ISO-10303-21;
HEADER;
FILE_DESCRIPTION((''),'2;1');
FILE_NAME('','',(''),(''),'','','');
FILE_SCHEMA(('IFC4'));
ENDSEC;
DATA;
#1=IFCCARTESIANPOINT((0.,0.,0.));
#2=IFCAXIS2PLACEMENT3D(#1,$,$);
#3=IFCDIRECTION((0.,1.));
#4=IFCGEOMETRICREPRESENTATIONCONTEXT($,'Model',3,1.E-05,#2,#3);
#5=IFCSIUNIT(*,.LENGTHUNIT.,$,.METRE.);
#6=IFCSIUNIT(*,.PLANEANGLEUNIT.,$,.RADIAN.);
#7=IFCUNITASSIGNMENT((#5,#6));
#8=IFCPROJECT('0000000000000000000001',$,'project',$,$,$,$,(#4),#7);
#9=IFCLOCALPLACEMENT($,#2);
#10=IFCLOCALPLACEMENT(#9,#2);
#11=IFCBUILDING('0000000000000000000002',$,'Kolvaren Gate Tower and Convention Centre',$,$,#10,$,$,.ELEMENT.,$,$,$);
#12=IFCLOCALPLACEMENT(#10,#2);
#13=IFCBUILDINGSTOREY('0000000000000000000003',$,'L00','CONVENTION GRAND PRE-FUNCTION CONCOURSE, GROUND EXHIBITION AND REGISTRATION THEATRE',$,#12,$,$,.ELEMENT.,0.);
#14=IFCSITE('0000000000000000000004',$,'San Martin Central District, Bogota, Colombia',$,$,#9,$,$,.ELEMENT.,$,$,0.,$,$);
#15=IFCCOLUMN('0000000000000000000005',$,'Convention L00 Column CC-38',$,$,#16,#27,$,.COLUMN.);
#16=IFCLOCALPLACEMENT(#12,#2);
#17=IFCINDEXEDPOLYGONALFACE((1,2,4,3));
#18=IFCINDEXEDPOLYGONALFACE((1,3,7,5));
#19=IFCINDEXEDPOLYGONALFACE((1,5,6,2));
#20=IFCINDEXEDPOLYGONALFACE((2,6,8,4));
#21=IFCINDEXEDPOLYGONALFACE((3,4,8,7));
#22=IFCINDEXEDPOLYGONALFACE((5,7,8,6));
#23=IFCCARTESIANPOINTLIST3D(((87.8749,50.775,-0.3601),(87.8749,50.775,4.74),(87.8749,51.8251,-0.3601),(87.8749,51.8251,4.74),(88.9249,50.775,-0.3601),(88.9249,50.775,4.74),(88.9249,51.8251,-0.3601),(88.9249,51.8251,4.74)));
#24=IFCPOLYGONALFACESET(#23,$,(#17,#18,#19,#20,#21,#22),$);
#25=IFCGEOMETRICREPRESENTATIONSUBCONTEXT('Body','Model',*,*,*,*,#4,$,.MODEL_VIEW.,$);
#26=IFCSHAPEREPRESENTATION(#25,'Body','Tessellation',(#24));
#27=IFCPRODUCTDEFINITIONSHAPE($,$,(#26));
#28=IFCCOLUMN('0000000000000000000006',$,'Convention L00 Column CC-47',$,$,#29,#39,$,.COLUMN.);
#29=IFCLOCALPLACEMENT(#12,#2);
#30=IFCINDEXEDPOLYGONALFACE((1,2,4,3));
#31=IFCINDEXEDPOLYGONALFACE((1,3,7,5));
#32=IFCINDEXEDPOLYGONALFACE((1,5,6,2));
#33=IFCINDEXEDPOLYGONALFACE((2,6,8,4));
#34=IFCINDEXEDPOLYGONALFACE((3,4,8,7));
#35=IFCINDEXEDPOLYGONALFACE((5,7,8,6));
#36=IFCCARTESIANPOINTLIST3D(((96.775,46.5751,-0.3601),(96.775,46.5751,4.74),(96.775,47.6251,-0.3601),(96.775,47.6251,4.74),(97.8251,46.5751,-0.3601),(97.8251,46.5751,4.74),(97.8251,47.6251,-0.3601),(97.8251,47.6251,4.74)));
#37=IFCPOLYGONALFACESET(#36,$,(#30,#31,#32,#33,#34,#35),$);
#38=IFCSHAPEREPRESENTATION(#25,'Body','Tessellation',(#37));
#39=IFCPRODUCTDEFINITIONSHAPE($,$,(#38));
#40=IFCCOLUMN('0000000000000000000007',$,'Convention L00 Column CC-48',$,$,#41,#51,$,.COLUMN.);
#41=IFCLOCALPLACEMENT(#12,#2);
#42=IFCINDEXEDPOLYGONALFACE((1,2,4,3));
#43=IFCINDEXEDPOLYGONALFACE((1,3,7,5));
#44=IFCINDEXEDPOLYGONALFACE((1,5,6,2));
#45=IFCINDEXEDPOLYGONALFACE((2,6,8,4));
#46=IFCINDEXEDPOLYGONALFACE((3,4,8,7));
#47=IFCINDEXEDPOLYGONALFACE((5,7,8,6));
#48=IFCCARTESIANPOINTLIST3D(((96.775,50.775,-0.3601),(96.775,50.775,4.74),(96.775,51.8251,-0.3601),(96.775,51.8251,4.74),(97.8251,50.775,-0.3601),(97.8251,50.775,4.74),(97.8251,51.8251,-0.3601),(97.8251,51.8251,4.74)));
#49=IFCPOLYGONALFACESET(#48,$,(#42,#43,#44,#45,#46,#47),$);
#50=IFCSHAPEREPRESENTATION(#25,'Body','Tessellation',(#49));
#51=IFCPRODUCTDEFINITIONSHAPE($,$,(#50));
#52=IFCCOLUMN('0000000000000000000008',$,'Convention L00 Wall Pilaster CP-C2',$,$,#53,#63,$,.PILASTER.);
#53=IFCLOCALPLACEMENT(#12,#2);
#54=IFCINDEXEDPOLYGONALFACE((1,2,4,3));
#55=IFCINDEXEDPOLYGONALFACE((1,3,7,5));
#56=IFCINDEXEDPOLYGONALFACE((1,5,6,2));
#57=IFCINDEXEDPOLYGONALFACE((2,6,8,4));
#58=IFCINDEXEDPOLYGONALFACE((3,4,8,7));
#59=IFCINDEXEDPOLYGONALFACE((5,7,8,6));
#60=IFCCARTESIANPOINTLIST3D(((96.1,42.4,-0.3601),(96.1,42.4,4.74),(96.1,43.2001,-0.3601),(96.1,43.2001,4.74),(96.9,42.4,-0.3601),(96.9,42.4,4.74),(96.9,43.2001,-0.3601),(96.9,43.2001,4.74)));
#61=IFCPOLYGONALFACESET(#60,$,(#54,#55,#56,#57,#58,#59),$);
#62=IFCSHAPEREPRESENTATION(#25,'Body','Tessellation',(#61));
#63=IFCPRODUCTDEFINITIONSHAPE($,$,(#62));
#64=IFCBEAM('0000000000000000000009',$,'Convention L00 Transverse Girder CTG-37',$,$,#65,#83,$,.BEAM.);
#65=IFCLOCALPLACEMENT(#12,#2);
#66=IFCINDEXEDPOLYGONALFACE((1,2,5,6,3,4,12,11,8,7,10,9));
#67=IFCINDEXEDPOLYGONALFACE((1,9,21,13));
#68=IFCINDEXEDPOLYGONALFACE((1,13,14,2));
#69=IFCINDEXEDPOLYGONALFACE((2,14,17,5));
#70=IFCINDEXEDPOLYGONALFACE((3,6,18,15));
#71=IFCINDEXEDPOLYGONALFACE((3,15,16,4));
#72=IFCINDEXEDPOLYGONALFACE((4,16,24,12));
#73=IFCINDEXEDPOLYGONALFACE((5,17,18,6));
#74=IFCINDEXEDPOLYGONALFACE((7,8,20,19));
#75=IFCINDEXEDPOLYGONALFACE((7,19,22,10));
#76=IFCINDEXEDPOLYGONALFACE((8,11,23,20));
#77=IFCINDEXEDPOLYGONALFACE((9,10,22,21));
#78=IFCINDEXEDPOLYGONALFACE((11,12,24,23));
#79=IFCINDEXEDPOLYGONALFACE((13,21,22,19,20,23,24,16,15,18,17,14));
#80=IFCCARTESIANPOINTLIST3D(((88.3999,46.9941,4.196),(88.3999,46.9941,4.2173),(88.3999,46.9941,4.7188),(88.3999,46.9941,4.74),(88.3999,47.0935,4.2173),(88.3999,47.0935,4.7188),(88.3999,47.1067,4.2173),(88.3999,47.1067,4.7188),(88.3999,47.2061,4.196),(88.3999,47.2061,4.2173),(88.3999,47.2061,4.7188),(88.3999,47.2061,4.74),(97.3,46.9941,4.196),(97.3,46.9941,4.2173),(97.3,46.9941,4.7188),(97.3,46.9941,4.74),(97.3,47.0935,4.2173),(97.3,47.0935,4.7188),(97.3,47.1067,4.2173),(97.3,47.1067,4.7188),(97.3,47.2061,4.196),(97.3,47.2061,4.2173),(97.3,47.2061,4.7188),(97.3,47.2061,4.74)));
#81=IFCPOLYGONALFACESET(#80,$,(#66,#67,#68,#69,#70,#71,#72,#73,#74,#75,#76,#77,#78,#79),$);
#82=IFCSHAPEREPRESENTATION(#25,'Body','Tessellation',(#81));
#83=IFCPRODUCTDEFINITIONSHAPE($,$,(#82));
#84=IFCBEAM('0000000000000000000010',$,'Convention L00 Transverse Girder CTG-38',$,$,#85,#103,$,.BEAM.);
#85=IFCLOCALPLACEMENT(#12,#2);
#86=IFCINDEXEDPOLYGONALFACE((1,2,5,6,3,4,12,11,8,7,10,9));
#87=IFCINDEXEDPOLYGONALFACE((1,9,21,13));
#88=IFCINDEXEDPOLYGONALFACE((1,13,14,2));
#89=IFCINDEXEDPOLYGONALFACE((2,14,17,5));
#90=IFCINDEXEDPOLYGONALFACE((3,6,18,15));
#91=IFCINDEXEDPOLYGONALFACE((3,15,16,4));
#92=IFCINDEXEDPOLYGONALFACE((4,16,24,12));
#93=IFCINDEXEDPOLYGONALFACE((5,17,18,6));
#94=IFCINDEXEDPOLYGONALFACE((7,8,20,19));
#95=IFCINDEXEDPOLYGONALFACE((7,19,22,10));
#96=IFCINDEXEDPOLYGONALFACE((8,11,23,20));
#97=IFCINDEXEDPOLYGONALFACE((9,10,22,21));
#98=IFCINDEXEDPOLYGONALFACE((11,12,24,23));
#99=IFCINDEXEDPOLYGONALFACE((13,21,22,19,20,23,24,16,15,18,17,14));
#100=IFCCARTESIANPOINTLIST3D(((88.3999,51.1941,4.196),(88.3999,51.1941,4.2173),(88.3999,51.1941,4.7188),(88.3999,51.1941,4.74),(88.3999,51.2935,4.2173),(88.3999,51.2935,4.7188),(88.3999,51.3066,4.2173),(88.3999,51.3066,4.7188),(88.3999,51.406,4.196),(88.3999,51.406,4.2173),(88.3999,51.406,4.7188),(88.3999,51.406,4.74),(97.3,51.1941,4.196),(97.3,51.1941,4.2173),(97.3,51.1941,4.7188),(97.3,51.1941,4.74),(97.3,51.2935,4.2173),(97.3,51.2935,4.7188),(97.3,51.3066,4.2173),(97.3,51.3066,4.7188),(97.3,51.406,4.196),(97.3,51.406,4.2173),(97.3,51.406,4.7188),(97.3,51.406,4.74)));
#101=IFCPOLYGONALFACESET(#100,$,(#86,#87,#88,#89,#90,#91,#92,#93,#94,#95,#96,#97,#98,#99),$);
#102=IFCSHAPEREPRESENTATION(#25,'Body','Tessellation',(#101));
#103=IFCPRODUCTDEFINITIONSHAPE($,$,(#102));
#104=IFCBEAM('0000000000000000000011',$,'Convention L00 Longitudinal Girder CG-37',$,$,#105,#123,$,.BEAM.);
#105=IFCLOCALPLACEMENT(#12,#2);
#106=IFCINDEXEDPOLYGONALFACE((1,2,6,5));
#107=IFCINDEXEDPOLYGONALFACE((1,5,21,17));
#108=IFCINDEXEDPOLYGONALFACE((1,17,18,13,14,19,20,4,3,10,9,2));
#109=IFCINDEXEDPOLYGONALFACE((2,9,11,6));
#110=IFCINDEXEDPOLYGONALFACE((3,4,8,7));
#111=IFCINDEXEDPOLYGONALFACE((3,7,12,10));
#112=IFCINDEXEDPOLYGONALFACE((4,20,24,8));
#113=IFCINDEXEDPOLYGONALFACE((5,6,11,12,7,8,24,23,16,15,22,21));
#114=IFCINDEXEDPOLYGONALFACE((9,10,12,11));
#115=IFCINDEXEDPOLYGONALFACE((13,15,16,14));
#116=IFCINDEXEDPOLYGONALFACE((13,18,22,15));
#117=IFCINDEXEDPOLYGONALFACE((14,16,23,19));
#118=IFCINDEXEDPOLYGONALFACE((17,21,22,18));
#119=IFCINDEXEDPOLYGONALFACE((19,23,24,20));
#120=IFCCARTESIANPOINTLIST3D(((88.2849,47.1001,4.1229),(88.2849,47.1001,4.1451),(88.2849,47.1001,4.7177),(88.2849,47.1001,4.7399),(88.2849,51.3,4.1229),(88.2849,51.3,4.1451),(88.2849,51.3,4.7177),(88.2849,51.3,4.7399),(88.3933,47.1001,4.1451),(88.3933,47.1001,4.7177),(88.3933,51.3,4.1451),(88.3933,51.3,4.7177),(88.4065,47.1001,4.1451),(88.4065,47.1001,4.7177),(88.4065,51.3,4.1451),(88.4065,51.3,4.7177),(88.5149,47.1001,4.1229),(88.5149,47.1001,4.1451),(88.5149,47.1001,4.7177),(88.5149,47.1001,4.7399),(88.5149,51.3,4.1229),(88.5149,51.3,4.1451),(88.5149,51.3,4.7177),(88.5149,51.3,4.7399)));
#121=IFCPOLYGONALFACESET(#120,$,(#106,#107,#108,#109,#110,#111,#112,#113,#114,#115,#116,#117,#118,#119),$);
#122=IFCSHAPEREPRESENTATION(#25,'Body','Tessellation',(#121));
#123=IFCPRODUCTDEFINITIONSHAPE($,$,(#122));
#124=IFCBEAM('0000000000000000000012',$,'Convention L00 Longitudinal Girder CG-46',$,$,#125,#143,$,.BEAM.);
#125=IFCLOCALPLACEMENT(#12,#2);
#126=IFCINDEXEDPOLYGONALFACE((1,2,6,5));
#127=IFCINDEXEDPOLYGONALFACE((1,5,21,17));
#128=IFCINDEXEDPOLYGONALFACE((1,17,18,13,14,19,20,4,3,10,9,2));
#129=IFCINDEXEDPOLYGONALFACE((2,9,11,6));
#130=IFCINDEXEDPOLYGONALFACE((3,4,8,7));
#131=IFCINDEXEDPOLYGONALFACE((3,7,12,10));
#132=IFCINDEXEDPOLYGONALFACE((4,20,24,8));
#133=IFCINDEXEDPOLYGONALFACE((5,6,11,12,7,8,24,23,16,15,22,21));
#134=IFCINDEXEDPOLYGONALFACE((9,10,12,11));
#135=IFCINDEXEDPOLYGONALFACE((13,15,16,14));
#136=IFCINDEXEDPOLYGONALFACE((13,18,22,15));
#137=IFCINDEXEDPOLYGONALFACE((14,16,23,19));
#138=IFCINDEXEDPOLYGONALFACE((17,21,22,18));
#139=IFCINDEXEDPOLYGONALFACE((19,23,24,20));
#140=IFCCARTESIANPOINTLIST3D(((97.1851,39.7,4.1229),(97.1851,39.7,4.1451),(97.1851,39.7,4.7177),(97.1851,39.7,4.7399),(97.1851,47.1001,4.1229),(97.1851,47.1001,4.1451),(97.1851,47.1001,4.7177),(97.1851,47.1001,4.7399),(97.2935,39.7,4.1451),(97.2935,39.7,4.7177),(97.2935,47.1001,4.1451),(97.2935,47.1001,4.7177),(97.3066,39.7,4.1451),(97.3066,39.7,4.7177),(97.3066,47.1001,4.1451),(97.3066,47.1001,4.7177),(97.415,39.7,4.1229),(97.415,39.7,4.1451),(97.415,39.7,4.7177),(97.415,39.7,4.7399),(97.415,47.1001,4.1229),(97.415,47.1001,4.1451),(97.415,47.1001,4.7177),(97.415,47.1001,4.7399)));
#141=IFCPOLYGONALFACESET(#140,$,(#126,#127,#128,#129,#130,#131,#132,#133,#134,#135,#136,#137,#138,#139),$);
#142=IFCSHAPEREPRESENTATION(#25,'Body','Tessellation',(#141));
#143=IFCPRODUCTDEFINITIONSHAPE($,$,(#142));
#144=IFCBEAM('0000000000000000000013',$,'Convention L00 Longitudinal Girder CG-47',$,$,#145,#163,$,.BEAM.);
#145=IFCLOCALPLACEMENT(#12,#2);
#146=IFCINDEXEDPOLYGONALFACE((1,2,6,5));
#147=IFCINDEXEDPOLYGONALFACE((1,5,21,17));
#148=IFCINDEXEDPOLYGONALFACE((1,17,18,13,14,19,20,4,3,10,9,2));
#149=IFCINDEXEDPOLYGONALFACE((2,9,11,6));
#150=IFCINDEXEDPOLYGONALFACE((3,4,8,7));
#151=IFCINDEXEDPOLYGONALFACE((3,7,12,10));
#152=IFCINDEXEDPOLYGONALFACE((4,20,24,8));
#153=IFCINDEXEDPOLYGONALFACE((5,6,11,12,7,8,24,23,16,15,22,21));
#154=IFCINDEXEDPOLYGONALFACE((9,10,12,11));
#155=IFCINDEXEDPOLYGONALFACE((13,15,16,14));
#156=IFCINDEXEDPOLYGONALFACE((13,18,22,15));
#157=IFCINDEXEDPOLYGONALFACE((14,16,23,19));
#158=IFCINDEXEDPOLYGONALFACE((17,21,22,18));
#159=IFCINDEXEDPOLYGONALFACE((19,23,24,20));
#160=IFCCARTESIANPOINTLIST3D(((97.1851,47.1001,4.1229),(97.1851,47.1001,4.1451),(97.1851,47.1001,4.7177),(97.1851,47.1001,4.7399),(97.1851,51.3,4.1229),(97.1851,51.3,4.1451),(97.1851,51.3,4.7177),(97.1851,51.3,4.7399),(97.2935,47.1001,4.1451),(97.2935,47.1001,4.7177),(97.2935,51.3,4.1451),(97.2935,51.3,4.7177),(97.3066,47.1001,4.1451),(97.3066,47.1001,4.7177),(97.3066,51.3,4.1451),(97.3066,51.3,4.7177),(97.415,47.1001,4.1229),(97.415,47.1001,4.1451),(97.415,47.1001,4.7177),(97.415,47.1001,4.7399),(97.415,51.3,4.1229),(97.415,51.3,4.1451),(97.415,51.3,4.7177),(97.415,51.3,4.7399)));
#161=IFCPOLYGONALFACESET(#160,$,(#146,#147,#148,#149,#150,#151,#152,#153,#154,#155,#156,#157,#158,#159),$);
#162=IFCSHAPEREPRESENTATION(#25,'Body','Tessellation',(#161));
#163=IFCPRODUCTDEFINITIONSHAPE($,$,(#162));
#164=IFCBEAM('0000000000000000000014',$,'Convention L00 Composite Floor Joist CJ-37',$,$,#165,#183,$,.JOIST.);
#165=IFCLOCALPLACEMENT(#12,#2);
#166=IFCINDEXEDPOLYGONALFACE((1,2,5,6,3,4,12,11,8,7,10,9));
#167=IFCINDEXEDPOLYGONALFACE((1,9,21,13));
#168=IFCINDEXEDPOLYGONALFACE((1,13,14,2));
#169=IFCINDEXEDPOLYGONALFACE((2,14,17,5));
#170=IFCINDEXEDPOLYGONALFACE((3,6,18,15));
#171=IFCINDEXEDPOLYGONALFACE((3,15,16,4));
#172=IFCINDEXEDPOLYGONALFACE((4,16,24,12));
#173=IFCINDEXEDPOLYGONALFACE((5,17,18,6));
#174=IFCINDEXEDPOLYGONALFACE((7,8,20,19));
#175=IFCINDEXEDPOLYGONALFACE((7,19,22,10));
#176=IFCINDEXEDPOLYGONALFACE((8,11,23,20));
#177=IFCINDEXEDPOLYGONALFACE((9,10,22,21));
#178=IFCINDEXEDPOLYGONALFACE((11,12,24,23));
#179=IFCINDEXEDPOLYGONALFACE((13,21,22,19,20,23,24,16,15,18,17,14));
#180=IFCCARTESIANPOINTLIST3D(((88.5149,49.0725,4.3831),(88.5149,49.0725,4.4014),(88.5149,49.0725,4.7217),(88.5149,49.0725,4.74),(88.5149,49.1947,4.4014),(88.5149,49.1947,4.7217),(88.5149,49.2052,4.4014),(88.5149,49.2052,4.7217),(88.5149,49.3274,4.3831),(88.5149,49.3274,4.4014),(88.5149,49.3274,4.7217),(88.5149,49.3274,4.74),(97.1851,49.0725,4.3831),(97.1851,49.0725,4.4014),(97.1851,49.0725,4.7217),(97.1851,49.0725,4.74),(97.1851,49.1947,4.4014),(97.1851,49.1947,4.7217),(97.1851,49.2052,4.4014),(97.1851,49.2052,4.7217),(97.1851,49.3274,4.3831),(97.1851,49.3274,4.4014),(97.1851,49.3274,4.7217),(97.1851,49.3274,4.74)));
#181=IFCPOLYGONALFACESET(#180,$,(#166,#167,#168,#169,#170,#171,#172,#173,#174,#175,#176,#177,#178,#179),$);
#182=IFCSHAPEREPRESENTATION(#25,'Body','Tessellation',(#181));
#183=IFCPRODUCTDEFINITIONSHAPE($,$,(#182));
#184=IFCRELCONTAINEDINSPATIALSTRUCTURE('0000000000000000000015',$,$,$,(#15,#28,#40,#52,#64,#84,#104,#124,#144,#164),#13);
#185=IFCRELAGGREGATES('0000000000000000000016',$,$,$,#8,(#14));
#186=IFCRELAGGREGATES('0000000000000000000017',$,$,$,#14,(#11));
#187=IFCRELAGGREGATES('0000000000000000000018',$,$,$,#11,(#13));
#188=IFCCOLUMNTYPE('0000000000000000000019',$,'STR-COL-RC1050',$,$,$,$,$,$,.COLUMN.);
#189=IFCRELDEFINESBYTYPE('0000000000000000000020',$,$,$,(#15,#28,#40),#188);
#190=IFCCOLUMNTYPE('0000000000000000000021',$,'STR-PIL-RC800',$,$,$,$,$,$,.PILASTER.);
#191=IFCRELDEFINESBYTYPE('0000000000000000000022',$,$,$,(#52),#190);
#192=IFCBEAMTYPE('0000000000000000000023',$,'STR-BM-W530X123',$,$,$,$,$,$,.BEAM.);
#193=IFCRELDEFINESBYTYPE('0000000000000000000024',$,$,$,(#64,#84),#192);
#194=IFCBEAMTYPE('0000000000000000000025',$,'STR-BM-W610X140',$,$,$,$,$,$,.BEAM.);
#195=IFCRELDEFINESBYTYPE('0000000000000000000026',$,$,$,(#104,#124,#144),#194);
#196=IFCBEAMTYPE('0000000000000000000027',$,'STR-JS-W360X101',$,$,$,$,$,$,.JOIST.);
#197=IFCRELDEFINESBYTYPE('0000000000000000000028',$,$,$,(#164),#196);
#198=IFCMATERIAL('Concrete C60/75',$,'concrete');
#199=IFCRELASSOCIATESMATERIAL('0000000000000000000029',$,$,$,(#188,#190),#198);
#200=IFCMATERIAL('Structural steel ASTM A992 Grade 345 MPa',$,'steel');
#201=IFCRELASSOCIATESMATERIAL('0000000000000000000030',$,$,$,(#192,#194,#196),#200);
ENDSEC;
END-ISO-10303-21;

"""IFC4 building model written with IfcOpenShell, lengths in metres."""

from ifc_helpers import new_model, si_unit, direction, frame, origin, origin_2d, place, context, subcontext, project, spatial, rectangle, i_section, extrude, material, material_profile, profile_set, type_object, element, save


model = new_model("IFC4")

# Units and contexts
model_context = context("Model", 3, precision=1e-05, world=origin(), true_north=direction((0.0, 1.0)))
body_context = subcontext(model_context, "Body", "Model", "MODEL_VIEW")
ifc_project = project(units=[si_unit("LENGTHUNIT", "METRE"), si_unit("PLANEANGLEUNIT", "RADIAN")], contexts=[model_context])

# Site, building, storey
site_placement = place(None, origin())
site = spatial("IfcSite", under=ifc_project, at=site_placement, Name="San Martin Central District, Bogota, Colombia", CompositionType="ELEMENT", RefElevation=0.0)
building_placement = place(site_placement, origin())
building = spatial("IfcBuilding", under=site, at=building_placement, Name="Kolvaren Gate Tower and Convention Centre", CompositionType="ELEMENT")
storey_placement = place(building_placement, origin())
storey = spatial("IfcBuildingStorey", under=building, at=storey_placement, Name="L00", Description="CONVENTION GRAND PRE-FUNCTION CONCOURSE, GROUND EXHIBITION AND REGISTRATION THEATRE", CompositionType="ELEMENT", Elevation=0.0)

# Columns
ifc_material_1 = material(Name="Concrete C60/75", Category="concrete")
ifc_material_profile_1 = material_profile(ifc_material_1, rectangle(XDim=1.05, YDim=1.05, at=origin_2d()), Name="RC-COL-1050X1050")
ifc_profile_set_1 = profile_set([ifc_material_profile_1], Name="Concrete C60/75")
column_type_1 = type_object("IfcColumnType", Name="STR-COL-RC1050", PredefinedType="COLUMN", material=ifc_profile_set_1)
for number, where, z_axis, x_axis, name in (
    (1, (88.3999, 51.3, -0.3601), (0.0, 0.0, 1.0), (1.0, 0.0, 0.0), "Convention L00 Column CC-38"),
    (2, (97.3, 47.1001, -0.3601), (0.0, 0.0, 1.0), (1.0, 0.0, 0.0), "Convention L00 Column CC-47"),
    (3, (97.3, 51.3, -0.3601), (0.0, 0.0, 1.0), (1.0, 0.0, 0.0), "Convention L00 Column CC-48"),
):
    element("IfcColumn", number, at=place(storey_placement, frame(where, z_axis=z_axis, x_axis=x_axis)), inside=storey, type_object=column_type_1, Name=name, PredefinedType="COLUMN", context=body_context, shape_type="SweptSolid", body=[
        extrude(rectangle(XDim=1.05, YDim=1.05, at=origin_2d()), origin(), (0.0, 0.0, 1.0), 5.1001),
    ])
ifc_material_profile_2 = material_profile(ifc_material_1, rectangle(XDim=0.8, YDim=0.8, at=origin_2d()), Name="RC-COL-800X800")
ifc_profile_set_2 = profile_set([ifc_material_profile_2], Name="Concrete C60/75")
column_type_2 = type_object("IfcColumnType", Name="STR-PIL-RC800", PredefinedType="PILASTER", material=ifc_profile_set_2)
column_placement = place(storey_placement, frame((96.5, 42.8, -0.3601), z_axis=(0.0, 0.0, 1.0), x_axis=(1.0, 0.0, 0.0)))
element("IfcColumn", 4, at=column_placement, inside=storey, type_object=column_type_2, Name="Convention L00 Wall Pilaster CP-C2", PredefinedType="PILASTER", context=body_context, shape_type="SweptSolid", body=[
    extrude(rectangle(XDim=0.8, YDim=0.8, at=origin_2d()), origin(), (0.0, 0.0, 1.0), 5.1001),
])

# Beams
ifc_material_2 = material(Name="Structural steel ASTM A992 Grade 345 MPa", Category="steel")
ifc_material_profile_3 = material_profile(ifc_material_2, i_section(OverallWidth=0.2119, OverallDepth=0.5439, WebThickness=0.0132, FlangeThickness=0.0212, at=origin_2d()), Name="W530X123")
ifc_profile_set_3 = profile_set([ifc_material_profile_3], Name="Structural steel ASTM A992 Grade 345 MPa")
beam_type_1 = type_object("IfcBeamType", Name="STR-BM-W530X123", PredefinedType="BEAM", material=ifc_profile_set_3)
for number, where, z_axis, x_axis, name in (
    (5, (88.3999, 47.1001, 4.468), (1.0, 0.0, 0.0), (0.0, 1.0, 0.0), "Convention L00 Transverse Girder CTG-37"),
    (6, (88.3999, 51.3, 4.468), (1.0, 0.0, 0.0), (0.0, 1.0, 0.0), "Convention L00 Transverse Girder CTG-38"),
):
    element("IfcBeam", number, at=place(storey_placement, frame(where, z_axis=z_axis, x_axis=x_axis)), inside=storey, type_object=beam_type_1, Name=name, PredefinedType="BEAM", context=body_context, shape_type="SweptSolid", body=[
        extrude(i_section(OverallWidth=0.2119, OverallDepth=0.5439, WebThickness=0.0132, FlangeThickness=0.0212, at=origin_2d()), origin(), (0.0, 0.0, 1.0), 8.9001),
    ])
ifc_material_profile_4 = material_profile(ifc_material_2, i_section(OverallWidth=0.23, OverallDepth=0.6169, WebThickness=0.0132, FlangeThickness=0.0222, at=origin_2d()), Name="W610X140")
ifc_profile_set_4 = profile_set([ifc_material_profile_4], Name="Structural steel ASTM A992 Grade 345 MPa")
beam_type_2 = type_object("IfcBeamType", Name="STR-BM-W610X140", PredefinedType="BEAM", material=ifc_profile_set_4)
beam_1_placement = place(storey_placement, frame((88.3999, 47.1001, 4.4314), z_axis=(0.0, 1.0, 0.0), x_axis=(-1.0, 0.0, 0.0)))
element("IfcBeam", 7, at=beam_1_placement, inside=storey, type_object=beam_type_2, Name="Convention L00 Longitudinal Girder CG-37", PredefinedType="BEAM", context=body_context, shape_type="SweptSolid", body=[
    extrude(i_section(OverallWidth=0.23, OverallDepth=0.6169, WebThickness=0.0132, FlangeThickness=0.0222, at=origin_2d()), origin(), (0.0, 0.0, 1.0), 4.2),
])
beam_2_placement = place(storey_placement, frame((97.3, 39.7, 4.4314), z_axis=(0.0, 1.0, 0.0), x_axis=(-1.0, 0.0, 0.0)))
element("IfcBeam", 8, at=beam_2_placement, inside=storey, type_object=beam_type_2, Name="Convention L00 Longitudinal Girder CG-46", PredefinedType="BEAM", context=body_context, shape_type="SweptSolid", body=[
    extrude(i_section(OverallWidth=0.23, OverallDepth=0.6169, WebThickness=0.0132, FlangeThickness=0.0222, at=origin_2d()), origin(), (0.0, 0.0, 1.0), 7.4001),
])
beam_3_placement = place(storey_placement, frame((97.3, 47.1001, 4.4314), z_axis=(0.0, 1.0, 0.0), x_axis=(-1.0, 0.0, 0.0)))
element("IfcBeam", 9, at=beam_3_placement, inside=storey, type_object=beam_type_2, Name="Convention L00 Longitudinal Girder CG-47", PredefinedType="BEAM", context=body_context, shape_type="SweptSolid", body=[
    extrude(i_section(OverallWidth=0.23, OverallDepth=0.6169, WebThickness=0.0132, FlangeThickness=0.0222, at=origin_2d()), origin(), (0.0, 0.0, 1.0), 4.2),
])
ifc_material_profile_5 = material_profile(ifc_material_2, i_section(OverallWidth=0.2549, OverallDepth=0.3569, WebThickness=0.0105, FlangeThickness=0.0183, at=origin_2d()), Name="W360X101")
ifc_profile_set_5 = profile_set([ifc_material_profile_5], Name="Structural steel ASTM A992 Grade 345 MPa")
beam_type_3 = type_object("IfcBeamType", Name="STR-JS-W360X101", PredefinedType="JOIST", material=ifc_profile_set_5)
beam_4_placement = place(storey_placement, frame((88.5149, 49.2, 4.5615), z_axis=(1.0, 0.0, 0.0), x_axis=(0.0, 1.0, 0.0)))
element("IfcBeam", 10, at=beam_4_placement, inside=storey, type_object=beam_type_3, Name="Convention L00 Composite Floor Joist CJ-37", PredefinedType="JOIST", context=body_context, shape_type="SweptSolid", body=[
    extrude(i_section(OverallWidth=0.2549, OverallDepth=0.3569, WebThickness=0.0105, FlangeThickness=0.0183, at=origin_2d()), origin(), (0.0, 0.0, 1.0), 8.6702),
])

save(model, "model.ifc")
